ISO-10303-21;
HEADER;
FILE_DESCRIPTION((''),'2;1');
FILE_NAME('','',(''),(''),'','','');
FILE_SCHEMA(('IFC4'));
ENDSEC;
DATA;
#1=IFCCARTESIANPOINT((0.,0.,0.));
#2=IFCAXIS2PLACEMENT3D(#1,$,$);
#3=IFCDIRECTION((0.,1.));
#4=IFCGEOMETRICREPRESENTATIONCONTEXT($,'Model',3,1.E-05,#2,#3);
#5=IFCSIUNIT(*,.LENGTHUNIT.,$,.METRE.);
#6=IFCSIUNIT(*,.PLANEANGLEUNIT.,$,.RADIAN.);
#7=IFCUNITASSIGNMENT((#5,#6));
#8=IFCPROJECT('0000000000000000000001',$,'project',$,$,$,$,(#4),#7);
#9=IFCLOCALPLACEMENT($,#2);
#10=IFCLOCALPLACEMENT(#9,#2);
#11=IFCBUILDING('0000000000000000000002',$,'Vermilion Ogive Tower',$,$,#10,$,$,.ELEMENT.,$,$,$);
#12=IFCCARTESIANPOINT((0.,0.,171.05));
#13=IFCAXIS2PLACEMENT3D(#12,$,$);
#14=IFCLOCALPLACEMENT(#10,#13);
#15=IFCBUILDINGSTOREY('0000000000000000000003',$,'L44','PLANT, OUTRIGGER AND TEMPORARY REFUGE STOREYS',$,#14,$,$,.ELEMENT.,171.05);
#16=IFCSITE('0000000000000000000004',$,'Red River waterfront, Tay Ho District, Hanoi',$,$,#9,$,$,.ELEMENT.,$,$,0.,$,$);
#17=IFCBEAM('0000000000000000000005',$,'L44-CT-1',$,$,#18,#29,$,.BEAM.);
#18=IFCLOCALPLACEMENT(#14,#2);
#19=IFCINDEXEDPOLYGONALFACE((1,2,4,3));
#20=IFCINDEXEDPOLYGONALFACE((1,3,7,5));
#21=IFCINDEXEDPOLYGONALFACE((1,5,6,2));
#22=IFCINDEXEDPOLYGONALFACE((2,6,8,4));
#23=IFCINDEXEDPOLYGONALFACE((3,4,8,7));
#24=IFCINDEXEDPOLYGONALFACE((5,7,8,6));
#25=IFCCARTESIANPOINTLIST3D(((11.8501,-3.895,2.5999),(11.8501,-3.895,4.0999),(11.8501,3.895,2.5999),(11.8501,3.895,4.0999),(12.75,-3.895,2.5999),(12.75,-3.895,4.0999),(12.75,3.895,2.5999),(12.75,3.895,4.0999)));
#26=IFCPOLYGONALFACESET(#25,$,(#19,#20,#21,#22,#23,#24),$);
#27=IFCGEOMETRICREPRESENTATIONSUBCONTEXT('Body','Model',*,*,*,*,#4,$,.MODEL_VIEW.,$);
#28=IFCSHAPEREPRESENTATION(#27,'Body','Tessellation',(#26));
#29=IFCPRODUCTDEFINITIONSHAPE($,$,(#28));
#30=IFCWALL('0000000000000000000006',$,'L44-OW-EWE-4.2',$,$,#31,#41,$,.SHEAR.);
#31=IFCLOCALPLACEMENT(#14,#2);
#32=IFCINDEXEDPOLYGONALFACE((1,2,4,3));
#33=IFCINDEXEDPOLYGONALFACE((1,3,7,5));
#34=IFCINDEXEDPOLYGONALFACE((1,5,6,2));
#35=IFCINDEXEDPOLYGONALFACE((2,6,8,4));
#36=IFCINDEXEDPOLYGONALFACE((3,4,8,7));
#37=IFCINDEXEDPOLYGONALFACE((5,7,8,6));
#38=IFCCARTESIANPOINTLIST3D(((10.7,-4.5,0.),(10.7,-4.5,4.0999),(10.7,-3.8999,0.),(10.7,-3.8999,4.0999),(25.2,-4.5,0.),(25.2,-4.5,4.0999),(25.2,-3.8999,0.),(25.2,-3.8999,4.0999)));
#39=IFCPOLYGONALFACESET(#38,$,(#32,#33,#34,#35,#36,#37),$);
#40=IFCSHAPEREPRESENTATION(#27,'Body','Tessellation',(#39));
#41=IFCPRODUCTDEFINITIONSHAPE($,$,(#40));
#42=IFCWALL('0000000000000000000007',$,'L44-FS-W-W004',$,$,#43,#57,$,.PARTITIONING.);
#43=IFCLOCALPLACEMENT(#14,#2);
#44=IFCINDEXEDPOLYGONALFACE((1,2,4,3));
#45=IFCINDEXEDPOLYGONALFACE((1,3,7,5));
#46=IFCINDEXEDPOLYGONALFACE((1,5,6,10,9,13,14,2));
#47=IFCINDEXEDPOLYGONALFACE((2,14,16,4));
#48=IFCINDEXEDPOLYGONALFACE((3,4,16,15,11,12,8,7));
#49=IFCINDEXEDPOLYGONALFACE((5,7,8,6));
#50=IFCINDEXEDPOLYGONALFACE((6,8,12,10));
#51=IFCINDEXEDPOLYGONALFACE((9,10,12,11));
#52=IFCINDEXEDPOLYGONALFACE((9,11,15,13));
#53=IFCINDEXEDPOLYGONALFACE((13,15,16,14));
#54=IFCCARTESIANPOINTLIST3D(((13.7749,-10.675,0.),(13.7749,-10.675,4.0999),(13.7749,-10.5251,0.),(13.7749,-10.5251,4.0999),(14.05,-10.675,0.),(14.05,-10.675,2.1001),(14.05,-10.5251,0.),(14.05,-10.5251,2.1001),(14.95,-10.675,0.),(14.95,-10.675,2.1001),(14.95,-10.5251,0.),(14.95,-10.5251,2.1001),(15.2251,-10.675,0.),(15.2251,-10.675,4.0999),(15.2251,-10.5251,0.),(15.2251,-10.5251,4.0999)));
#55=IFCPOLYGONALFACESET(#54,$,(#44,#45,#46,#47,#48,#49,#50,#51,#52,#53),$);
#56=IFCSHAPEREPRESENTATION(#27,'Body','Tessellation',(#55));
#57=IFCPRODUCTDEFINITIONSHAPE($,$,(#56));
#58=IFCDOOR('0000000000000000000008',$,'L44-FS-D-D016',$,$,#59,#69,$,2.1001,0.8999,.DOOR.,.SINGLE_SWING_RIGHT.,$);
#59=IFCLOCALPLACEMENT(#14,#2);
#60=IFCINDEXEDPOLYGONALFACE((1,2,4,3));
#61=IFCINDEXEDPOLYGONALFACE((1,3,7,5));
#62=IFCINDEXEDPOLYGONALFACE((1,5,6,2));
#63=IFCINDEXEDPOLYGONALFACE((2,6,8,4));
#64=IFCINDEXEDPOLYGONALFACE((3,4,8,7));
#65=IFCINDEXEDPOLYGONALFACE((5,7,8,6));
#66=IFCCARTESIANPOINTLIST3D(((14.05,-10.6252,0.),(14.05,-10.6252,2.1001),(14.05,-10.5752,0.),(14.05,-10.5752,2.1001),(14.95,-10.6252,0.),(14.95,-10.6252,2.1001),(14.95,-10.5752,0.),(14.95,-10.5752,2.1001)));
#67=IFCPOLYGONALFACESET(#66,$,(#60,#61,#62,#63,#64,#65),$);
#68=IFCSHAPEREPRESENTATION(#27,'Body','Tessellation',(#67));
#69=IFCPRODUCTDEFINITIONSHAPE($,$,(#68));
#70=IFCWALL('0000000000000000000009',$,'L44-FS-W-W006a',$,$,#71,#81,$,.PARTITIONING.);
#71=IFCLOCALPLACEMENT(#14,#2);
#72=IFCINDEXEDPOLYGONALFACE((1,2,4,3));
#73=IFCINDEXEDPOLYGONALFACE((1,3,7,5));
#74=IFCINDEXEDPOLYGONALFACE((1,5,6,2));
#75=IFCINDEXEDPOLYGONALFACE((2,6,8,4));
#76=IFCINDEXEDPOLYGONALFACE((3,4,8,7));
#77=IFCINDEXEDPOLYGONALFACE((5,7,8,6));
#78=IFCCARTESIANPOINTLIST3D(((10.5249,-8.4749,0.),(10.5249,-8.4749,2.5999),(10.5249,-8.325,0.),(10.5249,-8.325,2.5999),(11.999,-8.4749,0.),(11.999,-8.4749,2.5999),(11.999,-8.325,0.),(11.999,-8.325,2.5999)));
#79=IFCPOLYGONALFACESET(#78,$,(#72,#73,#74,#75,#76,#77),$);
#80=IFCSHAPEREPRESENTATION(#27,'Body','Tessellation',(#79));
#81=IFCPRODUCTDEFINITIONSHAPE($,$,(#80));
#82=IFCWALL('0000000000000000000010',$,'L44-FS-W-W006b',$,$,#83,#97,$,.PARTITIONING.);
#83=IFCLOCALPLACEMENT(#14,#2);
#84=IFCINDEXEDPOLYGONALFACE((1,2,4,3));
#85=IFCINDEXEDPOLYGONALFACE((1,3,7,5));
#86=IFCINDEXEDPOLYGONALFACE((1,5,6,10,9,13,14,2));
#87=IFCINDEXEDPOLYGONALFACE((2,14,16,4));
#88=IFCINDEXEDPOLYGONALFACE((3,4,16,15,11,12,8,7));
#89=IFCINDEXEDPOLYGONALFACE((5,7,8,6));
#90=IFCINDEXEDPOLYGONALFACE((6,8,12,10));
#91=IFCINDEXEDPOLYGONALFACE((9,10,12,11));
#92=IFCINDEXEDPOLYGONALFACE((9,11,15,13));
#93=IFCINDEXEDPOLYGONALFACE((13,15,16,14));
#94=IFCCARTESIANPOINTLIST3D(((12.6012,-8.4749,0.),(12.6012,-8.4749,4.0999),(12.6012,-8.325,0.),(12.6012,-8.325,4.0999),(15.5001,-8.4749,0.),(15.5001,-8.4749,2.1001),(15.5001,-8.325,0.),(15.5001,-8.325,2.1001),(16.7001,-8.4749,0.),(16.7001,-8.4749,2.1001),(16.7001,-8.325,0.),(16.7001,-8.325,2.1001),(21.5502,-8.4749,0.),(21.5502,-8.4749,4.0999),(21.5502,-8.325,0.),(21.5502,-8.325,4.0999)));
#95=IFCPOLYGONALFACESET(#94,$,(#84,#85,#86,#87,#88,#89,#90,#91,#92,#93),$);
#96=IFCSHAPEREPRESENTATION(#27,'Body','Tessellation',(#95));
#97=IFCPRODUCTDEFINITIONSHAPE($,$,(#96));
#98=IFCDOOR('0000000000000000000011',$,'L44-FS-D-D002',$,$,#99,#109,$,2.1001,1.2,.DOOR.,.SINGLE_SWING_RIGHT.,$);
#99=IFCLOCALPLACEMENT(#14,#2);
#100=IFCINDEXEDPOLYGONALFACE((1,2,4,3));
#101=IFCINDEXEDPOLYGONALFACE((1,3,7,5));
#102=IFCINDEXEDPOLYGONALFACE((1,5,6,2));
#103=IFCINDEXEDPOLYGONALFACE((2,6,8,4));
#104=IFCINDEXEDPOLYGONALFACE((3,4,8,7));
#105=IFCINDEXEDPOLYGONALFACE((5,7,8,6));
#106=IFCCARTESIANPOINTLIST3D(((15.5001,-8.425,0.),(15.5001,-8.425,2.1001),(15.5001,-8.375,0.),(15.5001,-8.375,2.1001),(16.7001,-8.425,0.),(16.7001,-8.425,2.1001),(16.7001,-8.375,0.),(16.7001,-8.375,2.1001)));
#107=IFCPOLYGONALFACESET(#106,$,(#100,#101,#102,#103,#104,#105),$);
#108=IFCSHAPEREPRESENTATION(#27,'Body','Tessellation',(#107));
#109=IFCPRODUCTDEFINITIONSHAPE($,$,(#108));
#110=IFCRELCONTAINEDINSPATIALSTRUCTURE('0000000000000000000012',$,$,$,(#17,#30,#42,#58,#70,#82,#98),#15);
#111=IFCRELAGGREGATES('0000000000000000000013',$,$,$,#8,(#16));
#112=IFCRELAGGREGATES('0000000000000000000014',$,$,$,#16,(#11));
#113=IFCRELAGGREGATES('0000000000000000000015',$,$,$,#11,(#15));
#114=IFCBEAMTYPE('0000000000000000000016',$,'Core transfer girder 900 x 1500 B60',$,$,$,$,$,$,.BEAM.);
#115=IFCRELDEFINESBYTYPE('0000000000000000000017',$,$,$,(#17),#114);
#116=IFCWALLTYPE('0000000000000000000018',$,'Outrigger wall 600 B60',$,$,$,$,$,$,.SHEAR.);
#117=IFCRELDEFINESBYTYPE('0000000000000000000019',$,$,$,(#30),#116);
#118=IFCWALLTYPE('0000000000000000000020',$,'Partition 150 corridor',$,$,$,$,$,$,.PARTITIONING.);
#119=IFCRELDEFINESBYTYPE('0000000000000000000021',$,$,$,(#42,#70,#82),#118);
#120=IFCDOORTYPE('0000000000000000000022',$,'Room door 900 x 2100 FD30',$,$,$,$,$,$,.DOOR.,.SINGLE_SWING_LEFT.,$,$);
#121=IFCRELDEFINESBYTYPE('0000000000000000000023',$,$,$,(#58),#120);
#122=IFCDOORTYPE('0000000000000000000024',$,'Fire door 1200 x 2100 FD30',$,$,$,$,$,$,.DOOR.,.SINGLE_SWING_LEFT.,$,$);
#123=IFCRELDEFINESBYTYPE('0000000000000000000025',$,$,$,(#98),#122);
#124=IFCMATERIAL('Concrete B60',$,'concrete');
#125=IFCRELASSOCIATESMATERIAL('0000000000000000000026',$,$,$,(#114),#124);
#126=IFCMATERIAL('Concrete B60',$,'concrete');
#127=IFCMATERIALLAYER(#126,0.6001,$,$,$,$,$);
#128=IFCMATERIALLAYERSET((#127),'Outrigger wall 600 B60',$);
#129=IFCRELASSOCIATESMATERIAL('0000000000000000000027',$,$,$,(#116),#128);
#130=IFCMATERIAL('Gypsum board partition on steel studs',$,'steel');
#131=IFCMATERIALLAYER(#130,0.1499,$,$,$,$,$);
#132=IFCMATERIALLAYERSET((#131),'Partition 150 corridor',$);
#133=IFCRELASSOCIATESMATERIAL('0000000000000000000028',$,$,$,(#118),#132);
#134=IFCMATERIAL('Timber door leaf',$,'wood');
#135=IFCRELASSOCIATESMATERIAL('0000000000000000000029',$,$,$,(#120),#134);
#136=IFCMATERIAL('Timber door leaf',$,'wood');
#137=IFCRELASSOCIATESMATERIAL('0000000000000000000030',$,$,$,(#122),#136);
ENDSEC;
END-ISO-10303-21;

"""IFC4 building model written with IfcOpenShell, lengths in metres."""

from ifc_helpers import new_model, si_unit, direction, frame, frame_2d, origin, origin_2d, place, context, subcontext, project, spatial, rectangle, extrude, material, layer, layer_set, material_profile, profile_set, type_object, element, fill, save


model = new_model("IFC4")

# Units and contexts
model_context = context("Model", 3, precision=1e-05, world=origin(), true_north=direction((0.0, 1.0)))
body_context = subcontext(model_context, "Body", "Model", "MODEL_VIEW")
ifc_project = project(units=[si_unit("LENGTHUNIT", "METRE"), si_unit("PLANEANGLEUNIT", "RADIAN")], contexts=[model_context])

# Site, building, storey
site_placement = place(None, origin())
site = spatial("IfcSite", under=ifc_project, at=site_placement, Name="Red River waterfront, Tay Ho District, Hanoi", CompositionType="ELEMENT", RefElevation=0.0)
building_placement = place(site_placement, origin())
building = spatial("IfcBuilding", under=site, at=building_placement, Name="Vermilion Ogive Tower", CompositionType="ELEMENT")
storey_placement = place(building_placement, frame((0.0, 0.0, 171.05)))
storey = spatial("IfcBuildingStorey", under=building, at=storey_placement, Name="L44", Description="PLANT, OUTRIGGER AND TEMPORARY REFUGE STOREYS", CompositionType="ELEMENT", Elevation=171.05)

# Beam
ifc_material_1 = material(Name="Concrete B60", Category="concrete")
ifc_material_profile = material_profile(ifc_material_1, rectangle(XDim=0.8999, YDim=1.5, at=origin_2d()), Name="900 x 1500")
ifc_profile_set = profile_set([ifc_material_profile], Name="Concrete B60")
beam_type = type_object("IfcBeamType", Name="Core transfer girder 900 x 1500 B60", PredefinedType="BEAM", material=ifc_profile_set)
beam_placement = place(storey_placement, frame((12.3, -3.895, 3.3499), z_axis=(0.0, 1.0, 0.0), x_axis=(-1.0, 0.0, 0.0)))
element("IfcBeam", 1, at=beam_placement, inside=storey, type_object=beam_type, Name="L44-CT-1", PredefinedType="BEAM", context=body_context, shape_type="SweptSolid", body=[
    extrude(rectangle(XDim=0.8999, YDim=1.5, at=origin_2d()), origin(), (0.0, 0.0, 1.0), 7.79),
])

# Wall
ifc_material_2 = material(Name="Concrete B60", Category="concrete")
ifc_layer_1 = layer(ifc_material_2, 0.6001)
ifc_layer_set_1 = layer_set([ifc_layer_1], Name="Outrigger wall 600 B60")
wall_type_1 = type_object("IfcWallType", Name="Outrigger wall 600 B60", PredefinedType="SHEAR", material=ifc_layer_set_1)
wall_1_placement = place(storey_placement, frame((10.7, -4.2, 0.0), z_axis=(0.0, 0.0, 1.0), x_axis=(1.0, 0.0, 0.0)))
element("IfcWall", 2, at=wall_1_placement, inside=storey, type_object=wall_type_1, Name="L44-OW-EWE-4.2", PredefinedType="SHEAR", context=body_context, shape_type="SweptSolid", body=[
    extrude(rectangle(XDim=14.5, YDim=0.6001, at=frame_2d((7.25, 0.0))), origin(), (0.0, 0.0, 1.0), 4.0999),
])

# Wall, opening, door
ifc_material_3 = material(Name="Gypsum board partition on steel studs", Category="steel")
ifc_layer_2 = layer(ifc_material_3, 0.1499)
ifc_layer_set_2 = layer_set([ifc_layer_2], Name="Partition 150 corridor")
wall_type_2 = type_object("IfcWallType", Name="Partition 150 corridor", PredefinedType="PARTITIONING", material=ifc_layer_set_2)
wall_2_placement = place(storey_placement, frame((13.7749, -10.6001, 0.0), z_axis=(0.0, 0.0, 1.0), x_axis=(1.0, 0.0, 0.0)))
wall_2 = element("IfcWall", 3, at=wall_2_placement, inside=storey, type_object=wall_type_2, Name="L44-FS-W-W004", PredefinedType="PARTITIONING", context=body_context, shape_type="SweptSolid", body=[
    extrude(rectangle(XDim=1.4502, YDim=0.1499, at=frame_2d((0.7251, 0.0))), origin(), (0.0, 0.0, 1.0), 4.0999),
])
opening_1_placement = place(wall_2_placement, frame((0.2751, 0.0, 0.0)))
opening_1 = element("IfcOpeningElement", 4, at=opening_1_placement, cuts=wall_2, PredefinedType="OPENING", context=body_context, shape_type="SweptSolid", body=[
    extrude(rectangle(XDim=0.8999, YDim=2.1001, at=frame_2d((0.45, 1.05))), frame((0.0, 0.085, 0.0), z_axis=(0.0, -1.0, 0.0), x_axis=(1.0, 0.0, 0.0)), (0.0, 0.0, 1.0), 0.1699),
])
ifc_material_4 = material(Name="Timber door leaf", Category="wood")
door_type_1 = type_object("IfcDoorType", Name="Room door 900 x 2100 FD30", OperationType="SINGLE_SWING_LEFT", PredefinedType="DOOR", material=ifc_material_4)
door_1_placement = place(opening_1_placement, origin())
door_1 = element("IfcDoor", 5, at=door_1_placement, inside=storey, type_object=door_type_1, Name="L44-FS-D-D016", OperationType="SINGLE_SWING_RIGHT", OverallHeight=2.1001, OverallWidth=0.8999, PredefinedType="DOOR", context=body_context, shape_type="SweptSolid", body=[
    extrude(rectangle(XDim=0.8999, YDim=2.1001, at=frame_2d((0.45, 1.05))), frame((0.0, 0.0249, 0.0), z_axis=(0.0, -1.0, 0.0), x_axis=(1.0, 0.0, 0.0)), (0.0, 0.0, 1.0), 0.05),
])
fill(opening_1, door_1)

# Wall
wall_3_placement = place(storey_placement, frame((10.5249, -8.3999, 0.0), z_axis=(0.0, 0.0, 1.0), x_axis=(1.0, 0.0, 0.0)))
element("IfcWall", 6, at=wall_3_placement, inside=storey, type_object=wall_type_2, Name="L44-FS-W-W006a", PredefinedType="PARTITIONING", context=body_context, shape_type="SweptSolid", body=[
    extrude(rectangle(XDim=1.4741, YDim=0.1499, at=frame_2d((0.7371, 0.0))), origin(), (0.0, 0.0, 1.0), 2.5999),
])

# Wall, opening, door
wall_4_placement = place(storey_placement, frame((12.6011, -8.3999, 0.0), z_axis=(0.0, 0.0, 1.0), x_axis=(1.0, 0.0, 0.0)))
wall_4 = element("IfcWall", 7, at=wall_4_placement, inside=storey, type_object=wall_type_2, Name="L44-FS-W-W006b", PredefinedType="PARTITIONING", context=body_context, shape_type="SweptSolid", body=[
    extrude(rectangle(XDim=8.949, YDim=0.1499, at=frame_2d((4.4746, 0.0))), origin(), (0.0, 0.0, 1.0), 4.0999),
])
opening_2_placement = place(wall_4_placement, frame((2.8989, 0.0, 0.0)))
opening_2 = element("IfcOpeningElement", 8, at=opening_2_placement, cuts=wall_4, PredefinedType="OPENING", context=body_context, shape_type="SweptSolid", body=[
    extrude(rectangle(XDim=1.2, YDim=2.1001, at=frame_2d((0.6001, 1.05))), frame((0.0, 0.085, 0.0), z_axis=(0.0, -1.0, 0.0), x_axis=(1.0, 0.0, 0.0)), (0.0, 0.0, 1.0), 0.1699),
])
ifc_material_5 = material(Name="Timber door leaf", Category="wood")
door_type_2 = type_object("IfcDoorType", Name="Fire door 1200 x 2100 FD30", OperationType="SINGLE_SWING_LEFT", PredefinedType="DOOR", material=ifc_material_5)
door_2_placement = place(opening_2_placement, origin())
door_2 = element("IfcDoor", 9, at=door_2_placement, inside=storey, type_object=door_type_2, Name="L44-FS-D-D002", OperationType="SINGLE_SWING_RIGHT", OverallHeight=2.1001, OverallWidth=1.2, PredefinedType="DOOR", context=body_context, shape_type="SweptSolid", body=[
    extrude(rectangle(XDim=1.2, YDim=2.1001, at=frame_2d((0.6001, 1.05))), frame((0.0, 0.0249, 0.0), z_axis=(0.0, -1.0, 0.0), x_axis=(1.0, 0.0, 0.0)), (0.0, 0.0, 1.0), 0.05),
])
fill(opening_2, door_2)

save(model, "model.ifc")
